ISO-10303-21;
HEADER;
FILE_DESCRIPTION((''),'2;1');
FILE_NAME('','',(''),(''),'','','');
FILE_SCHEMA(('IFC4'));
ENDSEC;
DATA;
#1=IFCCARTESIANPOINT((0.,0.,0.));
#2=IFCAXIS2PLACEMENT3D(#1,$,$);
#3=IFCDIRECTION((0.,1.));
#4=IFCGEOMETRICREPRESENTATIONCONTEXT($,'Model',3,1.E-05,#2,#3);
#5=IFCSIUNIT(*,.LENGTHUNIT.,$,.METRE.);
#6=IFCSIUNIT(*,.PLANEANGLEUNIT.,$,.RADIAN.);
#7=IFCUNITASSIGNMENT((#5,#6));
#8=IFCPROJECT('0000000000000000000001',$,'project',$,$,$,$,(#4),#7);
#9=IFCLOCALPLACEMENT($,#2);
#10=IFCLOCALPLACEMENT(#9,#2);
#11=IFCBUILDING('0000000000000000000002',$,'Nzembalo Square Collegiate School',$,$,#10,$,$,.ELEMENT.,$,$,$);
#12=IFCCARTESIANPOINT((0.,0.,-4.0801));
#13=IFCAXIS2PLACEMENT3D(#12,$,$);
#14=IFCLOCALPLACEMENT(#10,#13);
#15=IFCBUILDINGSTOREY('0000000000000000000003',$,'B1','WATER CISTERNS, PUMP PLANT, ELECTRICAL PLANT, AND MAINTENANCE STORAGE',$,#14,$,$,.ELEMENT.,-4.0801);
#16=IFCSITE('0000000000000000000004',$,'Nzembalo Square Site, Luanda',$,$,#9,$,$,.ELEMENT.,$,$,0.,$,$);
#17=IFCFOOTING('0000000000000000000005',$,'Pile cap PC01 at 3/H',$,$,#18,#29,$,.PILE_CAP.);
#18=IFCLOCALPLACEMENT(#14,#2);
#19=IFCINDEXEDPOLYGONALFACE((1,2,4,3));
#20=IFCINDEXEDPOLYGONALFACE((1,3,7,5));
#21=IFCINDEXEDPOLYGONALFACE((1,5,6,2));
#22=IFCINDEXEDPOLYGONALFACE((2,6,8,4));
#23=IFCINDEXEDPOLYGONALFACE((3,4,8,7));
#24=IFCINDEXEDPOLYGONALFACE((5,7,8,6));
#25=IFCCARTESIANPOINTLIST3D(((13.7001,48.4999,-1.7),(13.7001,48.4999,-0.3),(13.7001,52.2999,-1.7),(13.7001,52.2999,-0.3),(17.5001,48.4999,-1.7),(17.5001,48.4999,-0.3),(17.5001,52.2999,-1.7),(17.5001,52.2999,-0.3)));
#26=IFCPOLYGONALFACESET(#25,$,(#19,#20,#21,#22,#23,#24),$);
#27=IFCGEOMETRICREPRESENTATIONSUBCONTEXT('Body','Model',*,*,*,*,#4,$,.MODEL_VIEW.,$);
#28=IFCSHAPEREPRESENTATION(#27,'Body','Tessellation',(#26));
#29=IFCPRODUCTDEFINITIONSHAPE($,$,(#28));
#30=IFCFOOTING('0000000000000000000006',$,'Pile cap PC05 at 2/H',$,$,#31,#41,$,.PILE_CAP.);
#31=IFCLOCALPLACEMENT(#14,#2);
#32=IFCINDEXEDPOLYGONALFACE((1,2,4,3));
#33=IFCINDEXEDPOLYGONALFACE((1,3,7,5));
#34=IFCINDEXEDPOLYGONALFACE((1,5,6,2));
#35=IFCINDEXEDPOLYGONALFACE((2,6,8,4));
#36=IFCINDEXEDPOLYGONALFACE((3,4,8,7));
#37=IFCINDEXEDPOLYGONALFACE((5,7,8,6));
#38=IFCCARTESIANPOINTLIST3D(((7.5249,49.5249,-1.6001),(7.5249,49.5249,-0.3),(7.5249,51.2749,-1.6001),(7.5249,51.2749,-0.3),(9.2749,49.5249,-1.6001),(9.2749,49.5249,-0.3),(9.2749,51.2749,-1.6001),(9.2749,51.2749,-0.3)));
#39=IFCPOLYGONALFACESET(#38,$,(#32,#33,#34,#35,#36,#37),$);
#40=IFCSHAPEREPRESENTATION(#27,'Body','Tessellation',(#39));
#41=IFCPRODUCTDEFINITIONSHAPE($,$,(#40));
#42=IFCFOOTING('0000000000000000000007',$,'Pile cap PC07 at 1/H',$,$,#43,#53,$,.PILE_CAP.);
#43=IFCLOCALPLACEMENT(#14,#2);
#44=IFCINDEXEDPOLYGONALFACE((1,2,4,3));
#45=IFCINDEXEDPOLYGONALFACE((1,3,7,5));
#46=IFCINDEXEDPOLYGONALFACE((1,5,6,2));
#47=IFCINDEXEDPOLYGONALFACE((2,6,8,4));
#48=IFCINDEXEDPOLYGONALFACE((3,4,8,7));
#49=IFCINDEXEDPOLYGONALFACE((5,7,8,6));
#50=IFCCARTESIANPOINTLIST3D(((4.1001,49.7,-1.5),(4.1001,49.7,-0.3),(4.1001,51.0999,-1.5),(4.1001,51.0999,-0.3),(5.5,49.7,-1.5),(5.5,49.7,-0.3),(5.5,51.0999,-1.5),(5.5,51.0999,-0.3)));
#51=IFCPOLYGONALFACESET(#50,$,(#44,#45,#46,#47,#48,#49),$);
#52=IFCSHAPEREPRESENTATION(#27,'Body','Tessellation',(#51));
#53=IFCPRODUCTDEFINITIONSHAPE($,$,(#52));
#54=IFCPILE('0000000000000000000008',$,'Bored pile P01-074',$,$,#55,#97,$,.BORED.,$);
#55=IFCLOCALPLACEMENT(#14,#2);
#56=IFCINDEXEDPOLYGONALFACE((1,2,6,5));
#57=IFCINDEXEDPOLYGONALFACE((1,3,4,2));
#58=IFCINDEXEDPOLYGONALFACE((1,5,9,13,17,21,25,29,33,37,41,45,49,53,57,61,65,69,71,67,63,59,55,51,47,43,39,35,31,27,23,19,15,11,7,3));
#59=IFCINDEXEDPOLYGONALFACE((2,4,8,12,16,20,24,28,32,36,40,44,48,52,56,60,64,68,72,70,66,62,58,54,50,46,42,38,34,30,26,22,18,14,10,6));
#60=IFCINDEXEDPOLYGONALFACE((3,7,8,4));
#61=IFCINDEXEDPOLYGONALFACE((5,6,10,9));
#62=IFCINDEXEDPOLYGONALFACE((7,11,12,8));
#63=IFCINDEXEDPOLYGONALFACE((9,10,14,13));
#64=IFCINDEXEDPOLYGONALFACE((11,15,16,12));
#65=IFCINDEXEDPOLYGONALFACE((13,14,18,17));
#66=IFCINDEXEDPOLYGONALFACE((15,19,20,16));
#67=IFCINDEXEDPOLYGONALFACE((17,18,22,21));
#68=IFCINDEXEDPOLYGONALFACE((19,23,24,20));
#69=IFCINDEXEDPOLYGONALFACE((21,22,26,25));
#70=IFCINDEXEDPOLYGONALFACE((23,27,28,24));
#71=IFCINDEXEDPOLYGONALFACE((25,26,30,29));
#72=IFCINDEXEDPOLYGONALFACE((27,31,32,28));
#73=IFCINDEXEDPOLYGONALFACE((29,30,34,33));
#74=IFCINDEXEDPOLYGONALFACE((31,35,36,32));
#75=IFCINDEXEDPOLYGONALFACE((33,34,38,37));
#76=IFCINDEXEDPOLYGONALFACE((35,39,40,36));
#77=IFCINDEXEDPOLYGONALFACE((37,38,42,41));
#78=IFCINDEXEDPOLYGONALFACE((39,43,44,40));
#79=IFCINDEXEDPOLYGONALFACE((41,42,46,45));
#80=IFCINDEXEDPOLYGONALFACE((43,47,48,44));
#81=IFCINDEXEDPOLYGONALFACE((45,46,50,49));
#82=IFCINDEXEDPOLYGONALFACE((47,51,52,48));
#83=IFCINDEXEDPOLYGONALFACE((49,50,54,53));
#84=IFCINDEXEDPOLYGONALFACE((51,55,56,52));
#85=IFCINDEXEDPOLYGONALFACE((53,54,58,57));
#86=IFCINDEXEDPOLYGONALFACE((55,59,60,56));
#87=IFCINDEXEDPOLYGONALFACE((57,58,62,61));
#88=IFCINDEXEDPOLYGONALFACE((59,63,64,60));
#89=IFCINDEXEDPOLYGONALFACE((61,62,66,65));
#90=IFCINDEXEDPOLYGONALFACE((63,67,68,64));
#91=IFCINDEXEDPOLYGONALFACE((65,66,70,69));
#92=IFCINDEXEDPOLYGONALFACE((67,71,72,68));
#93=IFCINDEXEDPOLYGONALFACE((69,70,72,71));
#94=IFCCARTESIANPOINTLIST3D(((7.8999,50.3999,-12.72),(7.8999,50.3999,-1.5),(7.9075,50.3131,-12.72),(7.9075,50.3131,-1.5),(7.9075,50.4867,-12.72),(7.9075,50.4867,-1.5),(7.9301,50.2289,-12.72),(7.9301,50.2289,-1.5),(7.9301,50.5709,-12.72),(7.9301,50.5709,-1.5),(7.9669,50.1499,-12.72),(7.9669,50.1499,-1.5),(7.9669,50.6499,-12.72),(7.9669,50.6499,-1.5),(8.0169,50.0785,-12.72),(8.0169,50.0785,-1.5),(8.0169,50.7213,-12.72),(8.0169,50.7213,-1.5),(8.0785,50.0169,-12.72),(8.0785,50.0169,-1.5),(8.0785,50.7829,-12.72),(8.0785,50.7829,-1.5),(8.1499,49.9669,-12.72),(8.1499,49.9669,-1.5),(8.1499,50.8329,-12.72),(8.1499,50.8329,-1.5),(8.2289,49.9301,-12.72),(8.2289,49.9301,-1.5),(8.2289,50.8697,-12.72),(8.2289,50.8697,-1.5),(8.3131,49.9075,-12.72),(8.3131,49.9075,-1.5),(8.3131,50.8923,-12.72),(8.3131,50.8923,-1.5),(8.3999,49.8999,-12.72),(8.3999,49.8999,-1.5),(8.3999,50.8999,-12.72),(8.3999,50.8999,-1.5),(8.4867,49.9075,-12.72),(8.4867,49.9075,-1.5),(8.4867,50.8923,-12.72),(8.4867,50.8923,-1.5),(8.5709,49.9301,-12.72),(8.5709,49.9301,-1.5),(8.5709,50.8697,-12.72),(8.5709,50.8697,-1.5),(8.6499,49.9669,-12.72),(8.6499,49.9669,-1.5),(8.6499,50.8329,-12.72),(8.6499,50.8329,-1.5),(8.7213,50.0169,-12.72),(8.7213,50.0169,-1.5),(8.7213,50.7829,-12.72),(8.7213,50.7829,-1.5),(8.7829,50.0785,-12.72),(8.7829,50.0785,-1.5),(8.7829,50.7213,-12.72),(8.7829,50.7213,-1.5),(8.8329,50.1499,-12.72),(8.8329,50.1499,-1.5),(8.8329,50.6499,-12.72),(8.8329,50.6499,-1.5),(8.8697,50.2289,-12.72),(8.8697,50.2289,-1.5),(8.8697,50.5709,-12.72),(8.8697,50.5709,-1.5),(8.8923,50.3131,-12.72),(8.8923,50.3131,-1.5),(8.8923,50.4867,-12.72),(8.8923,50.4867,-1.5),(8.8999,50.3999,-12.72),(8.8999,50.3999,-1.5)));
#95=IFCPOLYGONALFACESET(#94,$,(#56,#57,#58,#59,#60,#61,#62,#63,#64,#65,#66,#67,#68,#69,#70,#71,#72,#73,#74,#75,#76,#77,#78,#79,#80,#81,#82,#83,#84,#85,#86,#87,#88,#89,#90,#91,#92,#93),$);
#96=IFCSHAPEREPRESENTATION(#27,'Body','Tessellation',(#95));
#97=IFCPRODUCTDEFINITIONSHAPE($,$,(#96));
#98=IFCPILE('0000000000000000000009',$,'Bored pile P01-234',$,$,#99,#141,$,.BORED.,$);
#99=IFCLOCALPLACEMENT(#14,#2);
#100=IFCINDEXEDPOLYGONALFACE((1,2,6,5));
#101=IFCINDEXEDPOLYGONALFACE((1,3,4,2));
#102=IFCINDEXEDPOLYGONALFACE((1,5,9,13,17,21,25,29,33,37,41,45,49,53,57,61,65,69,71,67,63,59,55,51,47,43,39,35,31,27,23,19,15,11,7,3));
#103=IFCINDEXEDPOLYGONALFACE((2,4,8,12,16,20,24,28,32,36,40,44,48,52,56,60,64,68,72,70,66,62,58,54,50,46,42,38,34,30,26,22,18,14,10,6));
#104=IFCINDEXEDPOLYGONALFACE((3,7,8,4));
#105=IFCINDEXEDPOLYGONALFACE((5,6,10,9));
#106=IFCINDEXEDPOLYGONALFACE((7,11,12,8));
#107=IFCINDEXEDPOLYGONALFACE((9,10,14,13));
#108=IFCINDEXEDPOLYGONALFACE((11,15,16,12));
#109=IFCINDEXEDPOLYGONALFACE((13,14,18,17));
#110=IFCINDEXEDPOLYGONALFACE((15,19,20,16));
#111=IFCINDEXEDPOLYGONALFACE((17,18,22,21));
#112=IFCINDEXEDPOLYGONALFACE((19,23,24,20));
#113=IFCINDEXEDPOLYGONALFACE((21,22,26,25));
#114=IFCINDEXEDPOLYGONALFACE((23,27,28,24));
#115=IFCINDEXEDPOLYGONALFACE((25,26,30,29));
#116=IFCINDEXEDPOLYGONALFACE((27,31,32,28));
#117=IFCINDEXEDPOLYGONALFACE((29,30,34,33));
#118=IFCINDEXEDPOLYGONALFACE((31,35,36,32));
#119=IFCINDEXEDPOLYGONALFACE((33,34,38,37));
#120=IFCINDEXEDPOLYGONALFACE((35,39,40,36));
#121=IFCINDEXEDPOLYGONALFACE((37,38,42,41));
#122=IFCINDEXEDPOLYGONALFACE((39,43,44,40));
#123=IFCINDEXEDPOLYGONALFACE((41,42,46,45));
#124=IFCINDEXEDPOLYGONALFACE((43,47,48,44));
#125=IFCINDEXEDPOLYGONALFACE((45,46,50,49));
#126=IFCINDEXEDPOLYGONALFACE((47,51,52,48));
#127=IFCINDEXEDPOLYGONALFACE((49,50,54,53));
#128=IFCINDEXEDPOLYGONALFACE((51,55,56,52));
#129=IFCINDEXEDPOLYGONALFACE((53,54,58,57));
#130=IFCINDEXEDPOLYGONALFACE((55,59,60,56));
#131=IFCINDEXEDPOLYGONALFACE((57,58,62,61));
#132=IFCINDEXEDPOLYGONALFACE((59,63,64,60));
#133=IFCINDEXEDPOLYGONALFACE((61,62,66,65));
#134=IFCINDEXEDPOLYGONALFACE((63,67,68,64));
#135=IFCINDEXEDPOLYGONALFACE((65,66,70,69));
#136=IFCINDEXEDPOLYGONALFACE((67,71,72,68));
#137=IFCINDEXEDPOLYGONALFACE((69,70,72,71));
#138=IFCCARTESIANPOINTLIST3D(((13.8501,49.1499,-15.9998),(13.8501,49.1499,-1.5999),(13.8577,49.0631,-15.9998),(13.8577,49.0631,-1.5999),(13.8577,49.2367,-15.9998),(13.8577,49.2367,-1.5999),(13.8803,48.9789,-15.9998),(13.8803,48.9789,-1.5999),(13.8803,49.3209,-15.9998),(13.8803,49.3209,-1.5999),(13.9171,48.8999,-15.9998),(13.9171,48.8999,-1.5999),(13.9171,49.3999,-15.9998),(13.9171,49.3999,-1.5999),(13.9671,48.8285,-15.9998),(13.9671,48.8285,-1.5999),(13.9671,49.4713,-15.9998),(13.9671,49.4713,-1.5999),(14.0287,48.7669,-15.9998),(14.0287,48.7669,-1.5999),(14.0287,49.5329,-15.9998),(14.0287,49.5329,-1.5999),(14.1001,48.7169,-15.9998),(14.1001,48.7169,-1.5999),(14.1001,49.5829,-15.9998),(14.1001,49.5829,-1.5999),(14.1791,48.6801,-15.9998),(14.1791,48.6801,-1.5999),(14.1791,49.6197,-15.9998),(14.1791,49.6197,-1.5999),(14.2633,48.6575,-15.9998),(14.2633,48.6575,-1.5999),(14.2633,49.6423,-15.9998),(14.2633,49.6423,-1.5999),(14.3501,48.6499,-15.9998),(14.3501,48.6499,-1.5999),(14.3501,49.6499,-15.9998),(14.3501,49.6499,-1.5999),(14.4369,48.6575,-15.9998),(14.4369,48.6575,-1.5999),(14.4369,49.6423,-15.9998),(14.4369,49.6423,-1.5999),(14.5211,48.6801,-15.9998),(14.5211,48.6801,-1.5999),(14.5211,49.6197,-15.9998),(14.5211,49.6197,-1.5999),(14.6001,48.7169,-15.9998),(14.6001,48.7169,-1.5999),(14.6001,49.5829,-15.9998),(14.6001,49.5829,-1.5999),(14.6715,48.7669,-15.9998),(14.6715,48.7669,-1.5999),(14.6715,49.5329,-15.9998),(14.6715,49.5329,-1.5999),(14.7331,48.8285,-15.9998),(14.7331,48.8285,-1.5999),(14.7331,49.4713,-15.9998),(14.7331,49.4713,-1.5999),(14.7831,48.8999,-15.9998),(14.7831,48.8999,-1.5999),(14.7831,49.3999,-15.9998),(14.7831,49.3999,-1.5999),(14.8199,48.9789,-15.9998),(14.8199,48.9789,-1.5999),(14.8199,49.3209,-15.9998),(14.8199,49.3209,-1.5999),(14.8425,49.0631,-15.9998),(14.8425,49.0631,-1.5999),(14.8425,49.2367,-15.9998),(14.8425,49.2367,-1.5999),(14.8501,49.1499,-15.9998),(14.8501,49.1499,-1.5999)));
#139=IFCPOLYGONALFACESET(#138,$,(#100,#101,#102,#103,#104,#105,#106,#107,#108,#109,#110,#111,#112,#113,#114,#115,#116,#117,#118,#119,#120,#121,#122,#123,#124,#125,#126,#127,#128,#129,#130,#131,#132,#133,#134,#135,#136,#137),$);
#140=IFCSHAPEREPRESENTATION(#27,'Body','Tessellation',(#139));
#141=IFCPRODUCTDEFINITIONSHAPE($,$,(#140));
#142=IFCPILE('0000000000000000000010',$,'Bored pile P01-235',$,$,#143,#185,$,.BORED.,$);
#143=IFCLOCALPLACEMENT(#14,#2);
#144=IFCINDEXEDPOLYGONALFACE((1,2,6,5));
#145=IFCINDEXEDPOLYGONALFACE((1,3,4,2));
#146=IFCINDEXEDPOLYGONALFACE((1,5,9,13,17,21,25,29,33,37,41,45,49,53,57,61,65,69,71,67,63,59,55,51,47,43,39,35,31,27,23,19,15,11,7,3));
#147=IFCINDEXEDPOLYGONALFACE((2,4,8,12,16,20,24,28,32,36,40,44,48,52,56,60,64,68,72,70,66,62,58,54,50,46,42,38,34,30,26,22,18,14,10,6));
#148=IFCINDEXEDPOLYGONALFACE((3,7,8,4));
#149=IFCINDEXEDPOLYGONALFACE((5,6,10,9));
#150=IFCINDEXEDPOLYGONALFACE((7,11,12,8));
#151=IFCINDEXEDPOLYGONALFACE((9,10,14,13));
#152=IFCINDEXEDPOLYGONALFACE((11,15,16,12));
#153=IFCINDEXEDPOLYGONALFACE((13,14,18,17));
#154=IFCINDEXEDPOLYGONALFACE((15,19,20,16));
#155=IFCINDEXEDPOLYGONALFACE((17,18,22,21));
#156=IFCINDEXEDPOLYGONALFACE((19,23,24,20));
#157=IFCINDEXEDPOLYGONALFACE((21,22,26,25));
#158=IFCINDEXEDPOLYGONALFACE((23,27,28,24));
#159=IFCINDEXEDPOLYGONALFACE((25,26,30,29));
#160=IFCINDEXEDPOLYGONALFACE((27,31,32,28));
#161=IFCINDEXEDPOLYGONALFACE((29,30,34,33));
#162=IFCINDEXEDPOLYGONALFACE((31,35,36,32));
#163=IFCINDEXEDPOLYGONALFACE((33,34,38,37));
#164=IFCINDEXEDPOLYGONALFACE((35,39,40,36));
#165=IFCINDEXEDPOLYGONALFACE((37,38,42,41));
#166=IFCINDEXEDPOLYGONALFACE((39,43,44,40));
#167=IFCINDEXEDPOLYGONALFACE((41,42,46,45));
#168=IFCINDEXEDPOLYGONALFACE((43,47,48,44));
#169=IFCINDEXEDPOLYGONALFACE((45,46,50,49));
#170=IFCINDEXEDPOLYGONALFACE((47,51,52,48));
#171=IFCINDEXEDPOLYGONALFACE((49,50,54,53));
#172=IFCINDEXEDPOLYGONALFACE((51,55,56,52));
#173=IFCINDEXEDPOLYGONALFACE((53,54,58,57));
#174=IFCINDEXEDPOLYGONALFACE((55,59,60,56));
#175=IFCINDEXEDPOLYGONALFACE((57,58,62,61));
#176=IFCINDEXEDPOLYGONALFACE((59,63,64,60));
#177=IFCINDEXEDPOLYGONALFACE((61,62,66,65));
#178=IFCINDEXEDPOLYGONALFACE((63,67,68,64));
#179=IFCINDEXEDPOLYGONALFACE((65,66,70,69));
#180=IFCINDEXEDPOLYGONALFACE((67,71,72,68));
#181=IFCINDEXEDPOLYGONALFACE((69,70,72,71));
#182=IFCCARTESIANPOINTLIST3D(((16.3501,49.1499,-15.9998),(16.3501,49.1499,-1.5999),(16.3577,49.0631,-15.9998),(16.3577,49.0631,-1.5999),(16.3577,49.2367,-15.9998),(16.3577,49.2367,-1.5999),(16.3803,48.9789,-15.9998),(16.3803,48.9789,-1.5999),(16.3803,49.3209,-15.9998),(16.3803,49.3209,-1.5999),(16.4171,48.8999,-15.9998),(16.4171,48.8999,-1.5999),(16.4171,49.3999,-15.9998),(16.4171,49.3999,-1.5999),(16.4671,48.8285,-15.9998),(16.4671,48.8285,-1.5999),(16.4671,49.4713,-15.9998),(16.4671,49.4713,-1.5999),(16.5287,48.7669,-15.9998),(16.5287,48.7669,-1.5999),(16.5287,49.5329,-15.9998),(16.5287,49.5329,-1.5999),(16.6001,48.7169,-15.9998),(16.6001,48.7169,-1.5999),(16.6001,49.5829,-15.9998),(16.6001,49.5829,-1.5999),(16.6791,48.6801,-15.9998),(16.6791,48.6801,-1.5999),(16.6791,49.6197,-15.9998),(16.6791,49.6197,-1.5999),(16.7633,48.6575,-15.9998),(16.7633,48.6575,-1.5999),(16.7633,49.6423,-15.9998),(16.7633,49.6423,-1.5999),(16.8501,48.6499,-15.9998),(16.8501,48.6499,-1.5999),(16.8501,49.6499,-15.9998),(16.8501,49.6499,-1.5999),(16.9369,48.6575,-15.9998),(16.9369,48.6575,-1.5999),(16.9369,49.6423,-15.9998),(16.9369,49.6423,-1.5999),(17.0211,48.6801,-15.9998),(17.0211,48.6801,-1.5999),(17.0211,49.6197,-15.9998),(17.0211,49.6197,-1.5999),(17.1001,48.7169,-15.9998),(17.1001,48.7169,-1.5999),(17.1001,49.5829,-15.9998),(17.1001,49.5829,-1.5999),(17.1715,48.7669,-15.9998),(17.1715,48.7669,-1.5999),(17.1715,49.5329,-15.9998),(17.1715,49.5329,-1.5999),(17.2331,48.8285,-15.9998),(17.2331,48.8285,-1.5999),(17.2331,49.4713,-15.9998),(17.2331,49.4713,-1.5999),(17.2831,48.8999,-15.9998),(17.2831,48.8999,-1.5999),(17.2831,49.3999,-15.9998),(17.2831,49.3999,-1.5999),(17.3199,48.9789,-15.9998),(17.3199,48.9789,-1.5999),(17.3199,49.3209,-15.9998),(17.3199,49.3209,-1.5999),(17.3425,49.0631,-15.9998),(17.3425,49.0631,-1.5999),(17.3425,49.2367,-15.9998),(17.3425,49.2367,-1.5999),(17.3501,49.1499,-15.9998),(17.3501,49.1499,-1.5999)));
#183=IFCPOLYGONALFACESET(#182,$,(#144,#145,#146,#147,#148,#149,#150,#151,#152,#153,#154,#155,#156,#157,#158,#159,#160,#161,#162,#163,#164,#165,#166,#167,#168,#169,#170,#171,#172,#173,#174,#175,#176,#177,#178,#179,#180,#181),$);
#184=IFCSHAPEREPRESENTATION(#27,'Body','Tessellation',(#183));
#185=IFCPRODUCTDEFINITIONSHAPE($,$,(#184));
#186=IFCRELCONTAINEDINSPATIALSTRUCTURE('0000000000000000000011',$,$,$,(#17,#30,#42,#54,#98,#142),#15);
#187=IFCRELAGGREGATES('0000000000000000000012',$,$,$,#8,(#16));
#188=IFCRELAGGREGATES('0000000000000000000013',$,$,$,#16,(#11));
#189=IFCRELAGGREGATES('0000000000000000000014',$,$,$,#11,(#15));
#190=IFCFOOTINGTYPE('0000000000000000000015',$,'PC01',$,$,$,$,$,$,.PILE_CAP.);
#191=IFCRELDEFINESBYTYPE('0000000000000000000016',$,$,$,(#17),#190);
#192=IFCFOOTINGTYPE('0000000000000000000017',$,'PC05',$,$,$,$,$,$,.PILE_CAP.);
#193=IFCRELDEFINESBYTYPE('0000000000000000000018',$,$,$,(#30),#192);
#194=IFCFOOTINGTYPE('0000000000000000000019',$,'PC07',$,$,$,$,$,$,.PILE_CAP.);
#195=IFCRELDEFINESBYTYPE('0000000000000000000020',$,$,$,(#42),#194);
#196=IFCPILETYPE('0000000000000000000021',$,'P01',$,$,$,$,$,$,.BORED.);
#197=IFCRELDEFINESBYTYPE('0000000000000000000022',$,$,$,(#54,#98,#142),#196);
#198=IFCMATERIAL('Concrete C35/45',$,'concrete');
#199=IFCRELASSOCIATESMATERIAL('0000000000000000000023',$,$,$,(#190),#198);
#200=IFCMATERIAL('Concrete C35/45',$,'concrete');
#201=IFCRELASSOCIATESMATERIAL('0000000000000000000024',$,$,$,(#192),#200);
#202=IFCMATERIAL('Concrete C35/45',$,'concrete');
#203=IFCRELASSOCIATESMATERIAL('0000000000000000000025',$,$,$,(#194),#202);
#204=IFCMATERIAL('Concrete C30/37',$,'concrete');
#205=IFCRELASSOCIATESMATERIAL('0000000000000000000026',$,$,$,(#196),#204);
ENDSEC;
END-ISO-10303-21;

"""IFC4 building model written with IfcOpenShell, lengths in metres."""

from ifc_helpers import new_model, si_unit, direction, frame, origin, origin_2d, place, context, subcontext, project, spatial, rectangle, circle, extrude, material, material_profile, profile_set, type_object, element, save


model = new_model("IFC4")

# Units and contexts
model_context = context("Model", 3, precision=1e-05, world=origin(), true_north=direction((0.0, 1.0)))
body_context = subcontext(model_context, "Body", "Model", "MODEL_VIEW")
ifc_project = project(units=[si_unit("LENGTHUNIT", "METRE"), si_unit("PLANEANGLEUNIT", "RADIAN")], contexts=[model_context])

# Site, building, storey
site_placement = place(None, origin())
site = spatial("IfcSite", under=ifc_project, at=site_placement, Name="Nzembalo Square Site, Luanda", CompositionType="ELEMENT", RefElevation=0.0)
building_placement = place(site_placement, origin())
building = spatial("IfcBuilding", under=site, at=building_placement, Name="Nzembalo Square Collegiate School", CompositionType="ELEMENT")
storey_placement = place(building_placement, frame((0.0, 0.0, -4.0801)))
storey = spatial("IfcBuildingStorey", under=building, at=storey_placement, Name="B1", Description="WATER CISTERNS, PUMP PLANT, ELECTRICAL PLANT, AND MAINTENANCE STORAGE", CompositionType="ELEMENT", Elevation=-4.0801)

# Footings
ifc_material_1 = material(Name="Concrete C35/45", Category="concrete")
footing_type_1 = type_object("IfcFootingType", Name="PC01", PredefinedType="PILE_CAP", material=ifc_material_1)
footing_1_placement = place(storey_placement, frame((15.6001, 50.3999, -1.7), z_axis=(0.0, 0.0, 1.0), x_axis=(1.0, 0.0, 0.0)))
element("IfcFooting", 1, at=footing_1_placement, inside=storey, type_object=footing_type_1, Name="Pile cap PC01 at 3/H", PredefinedType="PILE_CAP", context=body_context, shape_type="SweptSolid", body=[
    extrude(rectangle(XDim=3.8, YDim=3.8, at=origin_2d()), origin(), (0.0, 0.0, 1.0), 1.3999),
])
ifc_material_2 = material(Name="Concrete C35/45", Category="concrete")
footing_type_2 = type_object("IfcFootingType", Name="PC05", PredefinedType="PILE_CAP", material=ifc_material_2)
footing_2_placement = place(storey_placement, frame((8.3999, 50.3999, -1.6001), z_axis=(0.0, 0.0, 1.0), x_axis=(1.0, 0.0, 0.0)))
element("IfcFooting", 2, at=footing_2_placement, inside=storey, type_object=footing_type_2, Name="Pile cap PC05 at 2/H", PredefinedType="PILE_CAP", context=body_context, shape_type="SweptSolid", body=[
    extrude(rectangle(XDim=1.75, YDim=1.75, at=origin_2d()), origin(), (0.0, 0.0, 1.0), 1.3),
])
ifc_material_3 = material(Name="Concrete C35/45", Category="concrete")
footing_type_3 = type_object("IfcFootingType", Name="PC07", PredefinedType="PILE_CAP", material=ifc_material_3)
footing_3_placement = place(storey_placement, frame((4.8, 50.3999, -1.5), z_axis=(0.0, 0.0, 1.0), x_axis=(1.0, 0.0, 0.0)))
element("IfcFooting", 3, at=footing_3_placement, inside=storey, type_object=footing_type_3, Name="Pile cap PC07 at 1/H", PredefinedType="PILE_CAP", context=body_context, shape_type="SweptSolid", body=[
    extrude(rectangle(XDim=1.3999, YDim=1.3999, at=origin_2d()), origin(), (0.0, 0.0, 1.0), 1.2),
])

# Piles
ifc_material_4 = material(Name="Concrete C30/37", Category="concrete")
ifc_material_profile_1 = material_profile(ifc_material_4, circle(Radius=0.5, at=origin_2d()), Name="PILE D1000")
ifc_profile_set_1 = profile_set([ifc_material_profile_1], Name="Concrete C30/37")
pile_type_1 = type_object("IfcPileType", Name="P01", PredefinedType="BORED", material=ifc_profile_set_1)
pile_1_placement = place(storey_placement, frame((8.3999, 50.3999, -1.5), z_axis=(0.0, 0.0, -1.0), x_axis=(1.0, 0.0, 0.0)))
element("IfcPile", 4, at=pile_1_placement, inside=storey, type_object=pile_type_1, Name="Bored pile P01-074", PredefinedType="BORED", context=body_context, shape_type="SweptSolid", body=[
    extrude(circle(Radius=0.5, at=origin_2d()), origin(), (0.0, 0.0, 1.0), 11.22),
])
for number, where, z_axis, x_axis, name in (
    (5, (14.3501, 49.1499, -1.5999), (0.0, 0.0, -1.0), (1.0, 0.0, 0.0), "Bored pile P01-234"),
    (6, (16.8501, 49.1499, -1.5999), (0.0, 0.0, -1.0), (1.0, 0.0, 0.0), "Bored pile P01-235"),
):
    element("IfcPile", number, at=place(storey_placement, frame(where, z_axis=z_axis, x_axis=x_axis)), inside=storey, type_object=pile_type_1, Name=name, PredefinedType="BORED", context=body_context, shape_type="SweptSolid", body=[
        extrude(circle(Radius=0.5, at=origin_2d()), origin(), (0.0, 0.0, 1.0), 14.3999),
    ])

save(model, "model.ifc")
